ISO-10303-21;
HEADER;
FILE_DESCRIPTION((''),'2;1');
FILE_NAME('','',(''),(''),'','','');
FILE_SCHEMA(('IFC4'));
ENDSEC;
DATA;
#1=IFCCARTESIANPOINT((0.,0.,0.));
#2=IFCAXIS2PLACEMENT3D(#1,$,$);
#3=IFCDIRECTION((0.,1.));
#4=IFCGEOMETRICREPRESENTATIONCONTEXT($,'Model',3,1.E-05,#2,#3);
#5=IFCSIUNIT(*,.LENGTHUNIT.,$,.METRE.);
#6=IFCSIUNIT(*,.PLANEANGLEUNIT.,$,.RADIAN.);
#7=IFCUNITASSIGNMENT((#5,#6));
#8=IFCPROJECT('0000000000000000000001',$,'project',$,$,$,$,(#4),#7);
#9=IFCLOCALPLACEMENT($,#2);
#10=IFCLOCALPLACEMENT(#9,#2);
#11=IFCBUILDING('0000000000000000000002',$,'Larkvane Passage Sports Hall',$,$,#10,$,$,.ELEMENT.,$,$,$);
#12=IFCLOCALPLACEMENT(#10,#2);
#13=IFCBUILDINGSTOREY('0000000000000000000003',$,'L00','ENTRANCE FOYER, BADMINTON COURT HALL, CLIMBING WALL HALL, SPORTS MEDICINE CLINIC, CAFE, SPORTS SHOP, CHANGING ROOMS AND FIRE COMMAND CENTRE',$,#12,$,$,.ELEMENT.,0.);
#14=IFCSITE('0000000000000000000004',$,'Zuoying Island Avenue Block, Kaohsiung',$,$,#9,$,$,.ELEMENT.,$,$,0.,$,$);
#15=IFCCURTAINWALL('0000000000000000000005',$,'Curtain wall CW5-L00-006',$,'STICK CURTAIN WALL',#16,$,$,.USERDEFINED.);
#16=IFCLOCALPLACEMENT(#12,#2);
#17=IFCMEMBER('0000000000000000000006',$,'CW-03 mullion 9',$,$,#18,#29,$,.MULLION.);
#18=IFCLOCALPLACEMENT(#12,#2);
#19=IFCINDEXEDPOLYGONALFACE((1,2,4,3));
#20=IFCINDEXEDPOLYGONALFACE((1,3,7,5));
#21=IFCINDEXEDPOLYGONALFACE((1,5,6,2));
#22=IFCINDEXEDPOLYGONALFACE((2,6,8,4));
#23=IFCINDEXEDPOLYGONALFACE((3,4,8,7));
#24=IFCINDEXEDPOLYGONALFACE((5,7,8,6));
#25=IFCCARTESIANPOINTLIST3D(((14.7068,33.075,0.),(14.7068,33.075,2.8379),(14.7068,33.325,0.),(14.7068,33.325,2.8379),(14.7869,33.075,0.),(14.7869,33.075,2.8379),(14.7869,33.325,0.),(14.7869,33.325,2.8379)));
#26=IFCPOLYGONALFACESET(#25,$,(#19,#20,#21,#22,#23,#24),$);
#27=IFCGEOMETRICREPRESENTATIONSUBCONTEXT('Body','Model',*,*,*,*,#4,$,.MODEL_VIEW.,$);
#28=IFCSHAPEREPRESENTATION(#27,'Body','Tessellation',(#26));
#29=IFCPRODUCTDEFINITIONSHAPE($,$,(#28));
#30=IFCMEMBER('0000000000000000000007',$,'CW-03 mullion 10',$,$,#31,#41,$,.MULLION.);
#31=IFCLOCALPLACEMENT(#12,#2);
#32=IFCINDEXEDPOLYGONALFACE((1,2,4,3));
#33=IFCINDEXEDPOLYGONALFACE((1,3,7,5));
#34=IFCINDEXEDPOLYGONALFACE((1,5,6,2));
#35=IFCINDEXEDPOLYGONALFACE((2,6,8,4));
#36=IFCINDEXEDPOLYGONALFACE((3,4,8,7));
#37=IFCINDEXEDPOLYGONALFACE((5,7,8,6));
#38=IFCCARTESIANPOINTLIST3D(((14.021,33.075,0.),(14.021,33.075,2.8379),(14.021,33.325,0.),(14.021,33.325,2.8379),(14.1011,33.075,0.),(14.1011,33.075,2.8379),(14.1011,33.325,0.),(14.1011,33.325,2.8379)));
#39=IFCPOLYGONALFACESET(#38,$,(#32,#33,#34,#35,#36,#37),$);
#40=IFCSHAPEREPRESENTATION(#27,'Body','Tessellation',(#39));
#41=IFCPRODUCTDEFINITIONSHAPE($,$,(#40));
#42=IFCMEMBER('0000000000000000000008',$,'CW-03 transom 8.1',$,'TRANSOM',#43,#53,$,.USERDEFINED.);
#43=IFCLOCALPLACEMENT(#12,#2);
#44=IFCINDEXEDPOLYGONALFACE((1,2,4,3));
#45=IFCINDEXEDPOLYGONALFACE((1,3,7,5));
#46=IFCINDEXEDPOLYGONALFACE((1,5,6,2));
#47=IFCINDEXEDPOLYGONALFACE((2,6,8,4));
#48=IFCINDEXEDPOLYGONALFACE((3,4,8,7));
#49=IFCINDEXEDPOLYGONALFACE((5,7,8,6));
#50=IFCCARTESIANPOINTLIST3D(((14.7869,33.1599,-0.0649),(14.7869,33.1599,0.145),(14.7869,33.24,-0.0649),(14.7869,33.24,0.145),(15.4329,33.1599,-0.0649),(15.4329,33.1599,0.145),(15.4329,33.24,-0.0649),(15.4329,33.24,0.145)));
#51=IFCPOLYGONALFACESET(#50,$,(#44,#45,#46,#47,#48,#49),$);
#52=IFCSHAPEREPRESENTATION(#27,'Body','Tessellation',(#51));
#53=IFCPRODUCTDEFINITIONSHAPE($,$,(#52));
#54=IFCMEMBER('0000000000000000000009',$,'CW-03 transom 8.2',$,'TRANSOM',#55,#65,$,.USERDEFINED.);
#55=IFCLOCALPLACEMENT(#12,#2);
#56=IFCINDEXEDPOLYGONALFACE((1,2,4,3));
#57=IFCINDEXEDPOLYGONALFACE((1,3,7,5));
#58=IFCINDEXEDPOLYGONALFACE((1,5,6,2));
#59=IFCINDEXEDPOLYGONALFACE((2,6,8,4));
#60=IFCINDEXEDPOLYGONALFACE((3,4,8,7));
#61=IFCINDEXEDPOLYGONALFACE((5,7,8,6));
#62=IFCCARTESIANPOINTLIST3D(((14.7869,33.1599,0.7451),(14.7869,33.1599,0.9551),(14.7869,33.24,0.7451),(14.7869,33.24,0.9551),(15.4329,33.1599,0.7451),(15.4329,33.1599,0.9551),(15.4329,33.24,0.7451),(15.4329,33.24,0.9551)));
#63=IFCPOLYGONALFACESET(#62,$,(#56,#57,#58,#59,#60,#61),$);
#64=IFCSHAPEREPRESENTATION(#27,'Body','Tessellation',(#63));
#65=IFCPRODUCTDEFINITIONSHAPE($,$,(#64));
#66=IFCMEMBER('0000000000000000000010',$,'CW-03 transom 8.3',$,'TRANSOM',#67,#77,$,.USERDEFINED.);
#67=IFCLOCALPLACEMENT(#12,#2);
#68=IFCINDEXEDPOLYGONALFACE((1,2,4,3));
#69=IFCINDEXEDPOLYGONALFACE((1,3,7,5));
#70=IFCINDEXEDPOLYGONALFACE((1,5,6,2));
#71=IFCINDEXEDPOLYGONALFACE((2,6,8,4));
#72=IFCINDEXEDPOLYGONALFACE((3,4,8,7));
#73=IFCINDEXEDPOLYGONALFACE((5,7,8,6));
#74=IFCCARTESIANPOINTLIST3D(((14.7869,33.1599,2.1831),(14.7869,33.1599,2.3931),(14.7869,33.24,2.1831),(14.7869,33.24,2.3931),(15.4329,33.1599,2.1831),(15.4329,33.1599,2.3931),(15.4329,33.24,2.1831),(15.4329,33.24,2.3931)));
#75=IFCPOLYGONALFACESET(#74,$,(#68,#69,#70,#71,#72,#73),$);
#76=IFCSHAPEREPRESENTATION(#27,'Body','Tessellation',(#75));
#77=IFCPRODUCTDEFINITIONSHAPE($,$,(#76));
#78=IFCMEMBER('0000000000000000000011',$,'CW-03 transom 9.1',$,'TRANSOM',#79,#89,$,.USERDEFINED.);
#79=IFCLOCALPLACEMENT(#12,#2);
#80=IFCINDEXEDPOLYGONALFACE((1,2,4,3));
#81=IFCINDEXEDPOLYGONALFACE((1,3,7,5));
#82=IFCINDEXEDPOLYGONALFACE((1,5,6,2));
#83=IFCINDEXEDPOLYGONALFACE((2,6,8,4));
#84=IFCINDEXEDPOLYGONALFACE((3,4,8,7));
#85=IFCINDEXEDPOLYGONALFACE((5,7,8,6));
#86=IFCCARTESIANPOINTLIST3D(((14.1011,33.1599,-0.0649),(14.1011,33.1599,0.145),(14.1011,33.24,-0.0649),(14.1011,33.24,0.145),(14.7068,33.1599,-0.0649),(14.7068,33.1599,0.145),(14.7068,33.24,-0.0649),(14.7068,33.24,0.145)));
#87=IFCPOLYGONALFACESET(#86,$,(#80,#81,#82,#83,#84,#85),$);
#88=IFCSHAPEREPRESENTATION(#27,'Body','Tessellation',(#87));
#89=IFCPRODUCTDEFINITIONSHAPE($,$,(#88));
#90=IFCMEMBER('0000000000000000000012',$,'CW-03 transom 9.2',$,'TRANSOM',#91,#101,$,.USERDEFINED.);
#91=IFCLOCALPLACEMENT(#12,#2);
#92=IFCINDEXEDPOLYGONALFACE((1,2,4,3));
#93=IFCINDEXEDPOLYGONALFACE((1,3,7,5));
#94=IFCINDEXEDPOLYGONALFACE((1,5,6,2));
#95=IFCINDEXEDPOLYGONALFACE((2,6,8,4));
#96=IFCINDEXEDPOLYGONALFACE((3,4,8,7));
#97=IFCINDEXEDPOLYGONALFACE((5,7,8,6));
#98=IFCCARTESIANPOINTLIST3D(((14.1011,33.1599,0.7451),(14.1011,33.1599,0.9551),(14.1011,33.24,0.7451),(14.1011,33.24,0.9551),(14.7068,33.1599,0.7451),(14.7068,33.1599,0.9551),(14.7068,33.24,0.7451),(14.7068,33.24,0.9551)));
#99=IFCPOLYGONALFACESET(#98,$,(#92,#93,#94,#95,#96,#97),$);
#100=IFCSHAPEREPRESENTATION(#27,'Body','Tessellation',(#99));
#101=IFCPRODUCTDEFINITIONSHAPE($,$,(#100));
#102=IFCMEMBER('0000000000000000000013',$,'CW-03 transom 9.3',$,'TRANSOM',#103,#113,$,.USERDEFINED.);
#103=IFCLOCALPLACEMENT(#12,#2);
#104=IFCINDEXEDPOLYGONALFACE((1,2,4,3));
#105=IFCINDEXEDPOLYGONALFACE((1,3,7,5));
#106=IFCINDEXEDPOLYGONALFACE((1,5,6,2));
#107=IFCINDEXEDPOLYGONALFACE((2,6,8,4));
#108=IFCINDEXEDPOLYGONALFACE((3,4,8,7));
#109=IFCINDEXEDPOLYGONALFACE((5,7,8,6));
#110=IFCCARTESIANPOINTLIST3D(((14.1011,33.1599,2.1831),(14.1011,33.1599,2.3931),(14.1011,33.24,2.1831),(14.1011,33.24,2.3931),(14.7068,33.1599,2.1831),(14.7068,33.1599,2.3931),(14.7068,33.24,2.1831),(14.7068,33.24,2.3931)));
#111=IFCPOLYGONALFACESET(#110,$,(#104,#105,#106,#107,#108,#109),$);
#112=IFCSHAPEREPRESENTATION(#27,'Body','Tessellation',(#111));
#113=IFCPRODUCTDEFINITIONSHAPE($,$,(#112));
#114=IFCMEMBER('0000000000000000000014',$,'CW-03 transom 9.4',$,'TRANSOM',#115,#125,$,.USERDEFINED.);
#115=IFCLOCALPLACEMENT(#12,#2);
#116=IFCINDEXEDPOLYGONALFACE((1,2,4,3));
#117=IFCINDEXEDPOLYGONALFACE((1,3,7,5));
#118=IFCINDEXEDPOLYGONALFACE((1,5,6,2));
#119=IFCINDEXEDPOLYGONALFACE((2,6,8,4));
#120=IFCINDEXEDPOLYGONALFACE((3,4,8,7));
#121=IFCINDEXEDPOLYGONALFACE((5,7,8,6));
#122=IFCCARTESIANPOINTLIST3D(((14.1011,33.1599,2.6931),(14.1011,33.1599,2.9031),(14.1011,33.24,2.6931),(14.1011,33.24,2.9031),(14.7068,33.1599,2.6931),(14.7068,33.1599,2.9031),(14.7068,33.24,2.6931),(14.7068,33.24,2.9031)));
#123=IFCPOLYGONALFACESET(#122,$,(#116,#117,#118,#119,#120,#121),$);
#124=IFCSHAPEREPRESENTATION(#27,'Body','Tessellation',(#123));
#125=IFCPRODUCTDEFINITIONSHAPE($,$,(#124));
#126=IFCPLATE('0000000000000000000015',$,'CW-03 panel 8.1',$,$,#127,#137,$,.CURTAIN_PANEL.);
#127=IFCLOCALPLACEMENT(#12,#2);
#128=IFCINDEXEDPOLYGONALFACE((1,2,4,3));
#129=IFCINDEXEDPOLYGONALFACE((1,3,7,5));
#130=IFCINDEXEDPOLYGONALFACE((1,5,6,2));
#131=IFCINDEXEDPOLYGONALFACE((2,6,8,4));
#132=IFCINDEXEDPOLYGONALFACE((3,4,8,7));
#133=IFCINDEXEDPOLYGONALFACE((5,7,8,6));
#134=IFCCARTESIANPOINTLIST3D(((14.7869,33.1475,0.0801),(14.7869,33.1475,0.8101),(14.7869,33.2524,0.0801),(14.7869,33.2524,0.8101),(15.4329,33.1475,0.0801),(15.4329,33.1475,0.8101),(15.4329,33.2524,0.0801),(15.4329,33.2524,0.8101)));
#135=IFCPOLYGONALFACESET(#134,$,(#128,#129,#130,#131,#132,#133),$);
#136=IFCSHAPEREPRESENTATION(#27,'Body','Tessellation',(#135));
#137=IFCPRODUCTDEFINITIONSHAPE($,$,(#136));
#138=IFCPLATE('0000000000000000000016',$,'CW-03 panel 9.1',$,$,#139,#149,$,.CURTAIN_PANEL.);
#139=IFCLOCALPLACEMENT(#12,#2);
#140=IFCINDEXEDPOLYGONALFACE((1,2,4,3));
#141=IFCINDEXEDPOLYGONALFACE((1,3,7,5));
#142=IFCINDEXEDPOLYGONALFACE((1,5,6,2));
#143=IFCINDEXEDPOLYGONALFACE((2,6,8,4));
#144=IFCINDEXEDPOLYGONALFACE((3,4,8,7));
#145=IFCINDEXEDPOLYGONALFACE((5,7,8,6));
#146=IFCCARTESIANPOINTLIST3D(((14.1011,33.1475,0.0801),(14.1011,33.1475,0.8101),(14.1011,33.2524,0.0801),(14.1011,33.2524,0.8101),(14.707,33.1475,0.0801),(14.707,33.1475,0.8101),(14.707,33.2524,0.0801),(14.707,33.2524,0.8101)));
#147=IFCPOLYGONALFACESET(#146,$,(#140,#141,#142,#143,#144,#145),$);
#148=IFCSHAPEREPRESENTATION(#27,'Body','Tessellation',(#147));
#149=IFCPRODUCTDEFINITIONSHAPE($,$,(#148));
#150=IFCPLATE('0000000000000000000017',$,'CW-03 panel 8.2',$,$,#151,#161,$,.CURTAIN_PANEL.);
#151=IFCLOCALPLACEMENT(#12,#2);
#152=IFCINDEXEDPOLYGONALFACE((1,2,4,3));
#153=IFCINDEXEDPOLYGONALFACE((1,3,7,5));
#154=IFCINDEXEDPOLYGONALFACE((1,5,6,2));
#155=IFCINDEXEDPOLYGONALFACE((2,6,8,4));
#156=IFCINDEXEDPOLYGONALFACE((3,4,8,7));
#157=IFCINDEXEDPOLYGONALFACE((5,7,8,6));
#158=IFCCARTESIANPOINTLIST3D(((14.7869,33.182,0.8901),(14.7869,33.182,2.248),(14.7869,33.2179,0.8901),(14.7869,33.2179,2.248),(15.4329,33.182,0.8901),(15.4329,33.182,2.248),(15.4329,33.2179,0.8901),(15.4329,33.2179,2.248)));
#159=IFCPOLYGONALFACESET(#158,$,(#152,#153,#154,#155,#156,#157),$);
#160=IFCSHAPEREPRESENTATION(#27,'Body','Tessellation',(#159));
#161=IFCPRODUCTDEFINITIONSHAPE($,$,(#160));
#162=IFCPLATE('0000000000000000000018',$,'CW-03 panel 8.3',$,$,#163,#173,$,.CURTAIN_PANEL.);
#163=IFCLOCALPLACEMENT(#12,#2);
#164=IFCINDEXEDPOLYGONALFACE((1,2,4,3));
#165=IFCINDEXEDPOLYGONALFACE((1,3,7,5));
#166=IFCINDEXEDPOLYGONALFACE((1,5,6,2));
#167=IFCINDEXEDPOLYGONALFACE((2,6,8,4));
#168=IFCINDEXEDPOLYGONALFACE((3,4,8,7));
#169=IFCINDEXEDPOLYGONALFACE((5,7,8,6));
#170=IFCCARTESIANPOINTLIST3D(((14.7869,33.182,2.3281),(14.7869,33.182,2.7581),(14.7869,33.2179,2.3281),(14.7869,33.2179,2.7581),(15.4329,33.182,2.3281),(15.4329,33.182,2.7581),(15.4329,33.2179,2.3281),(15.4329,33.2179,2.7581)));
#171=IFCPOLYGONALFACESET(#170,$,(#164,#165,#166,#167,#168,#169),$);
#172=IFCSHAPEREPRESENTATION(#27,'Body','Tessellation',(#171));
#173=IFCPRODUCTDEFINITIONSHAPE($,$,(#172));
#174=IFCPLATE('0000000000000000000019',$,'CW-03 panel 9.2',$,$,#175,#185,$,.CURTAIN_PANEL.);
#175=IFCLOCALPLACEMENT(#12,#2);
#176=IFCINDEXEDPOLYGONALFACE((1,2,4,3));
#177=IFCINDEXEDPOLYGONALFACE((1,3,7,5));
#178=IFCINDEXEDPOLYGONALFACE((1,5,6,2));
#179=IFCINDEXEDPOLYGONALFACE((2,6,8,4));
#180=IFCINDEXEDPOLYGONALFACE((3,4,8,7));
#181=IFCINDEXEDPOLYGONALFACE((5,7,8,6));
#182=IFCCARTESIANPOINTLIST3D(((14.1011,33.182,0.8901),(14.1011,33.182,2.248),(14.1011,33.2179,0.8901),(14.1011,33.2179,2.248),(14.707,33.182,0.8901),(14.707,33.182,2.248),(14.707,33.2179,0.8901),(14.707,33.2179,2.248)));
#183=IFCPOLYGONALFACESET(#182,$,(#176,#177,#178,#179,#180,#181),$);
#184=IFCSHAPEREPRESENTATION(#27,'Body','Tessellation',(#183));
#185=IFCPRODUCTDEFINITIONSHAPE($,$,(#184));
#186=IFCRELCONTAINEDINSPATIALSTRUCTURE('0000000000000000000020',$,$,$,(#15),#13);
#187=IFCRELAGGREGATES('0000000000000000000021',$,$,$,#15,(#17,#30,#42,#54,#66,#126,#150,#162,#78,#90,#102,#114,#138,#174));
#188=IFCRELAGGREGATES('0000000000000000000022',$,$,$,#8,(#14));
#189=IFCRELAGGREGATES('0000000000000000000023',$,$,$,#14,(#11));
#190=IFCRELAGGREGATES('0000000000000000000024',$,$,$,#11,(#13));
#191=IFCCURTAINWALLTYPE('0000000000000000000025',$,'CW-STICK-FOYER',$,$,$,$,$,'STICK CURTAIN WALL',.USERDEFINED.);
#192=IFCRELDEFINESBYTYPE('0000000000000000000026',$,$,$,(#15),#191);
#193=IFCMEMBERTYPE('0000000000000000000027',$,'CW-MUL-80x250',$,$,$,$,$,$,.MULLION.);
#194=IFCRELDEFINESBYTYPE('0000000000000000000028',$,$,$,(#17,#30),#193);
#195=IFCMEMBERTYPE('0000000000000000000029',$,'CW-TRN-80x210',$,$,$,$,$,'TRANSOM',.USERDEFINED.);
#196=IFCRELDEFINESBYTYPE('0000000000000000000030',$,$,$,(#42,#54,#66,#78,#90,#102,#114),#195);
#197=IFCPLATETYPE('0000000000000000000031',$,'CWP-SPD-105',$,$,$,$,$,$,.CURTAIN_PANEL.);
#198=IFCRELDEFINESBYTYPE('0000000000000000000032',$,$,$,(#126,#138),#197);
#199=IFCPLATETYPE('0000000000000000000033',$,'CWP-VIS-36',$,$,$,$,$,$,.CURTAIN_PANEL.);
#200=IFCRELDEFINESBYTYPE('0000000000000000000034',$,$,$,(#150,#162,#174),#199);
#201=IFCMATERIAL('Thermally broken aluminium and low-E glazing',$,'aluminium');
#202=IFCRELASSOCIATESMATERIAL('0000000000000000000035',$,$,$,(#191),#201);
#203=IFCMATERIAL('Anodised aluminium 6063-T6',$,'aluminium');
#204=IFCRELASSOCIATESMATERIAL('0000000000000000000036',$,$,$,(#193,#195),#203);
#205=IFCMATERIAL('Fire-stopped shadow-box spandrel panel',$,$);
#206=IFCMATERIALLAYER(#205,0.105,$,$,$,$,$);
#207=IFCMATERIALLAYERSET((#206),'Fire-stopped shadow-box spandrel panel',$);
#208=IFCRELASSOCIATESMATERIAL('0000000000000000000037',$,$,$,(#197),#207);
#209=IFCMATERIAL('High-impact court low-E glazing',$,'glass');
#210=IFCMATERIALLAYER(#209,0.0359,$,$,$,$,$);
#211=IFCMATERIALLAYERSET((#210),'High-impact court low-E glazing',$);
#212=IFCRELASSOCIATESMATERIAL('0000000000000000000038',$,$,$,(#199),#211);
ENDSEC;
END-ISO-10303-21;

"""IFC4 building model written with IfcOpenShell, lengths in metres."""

from ifc_helpers import new_model, si_unit, direction, frame, origin, origin_2d, place, context, subcontext, project, spatial, rectangle, extrude, material, layer, layer_set, material_profile, profile_set, type_object, element, aggregate, save


model = new_model("IFC4")

# Units and contexts
model_context = context("Model", 3, precision=1e-05, world=origin(), true_north=direction((0.0, 1.0)))
body_context = subcontext(model_context, "Body", "Model", "MODEL_VIEW")
ifc_project = project(units=[si_unit("LENGTHUNIT", "METRE"), si_unit("PLANEANGLEUNIT", "RADIAN")], contexts=[model_context])

# Site, building, storey
site_placement = place(None, origin())
site = spatial("IfcSite", under=ifc_project, at=site_placement, Name="Zuoying Island Avenue Block, Kaohsiung", CompositionType="ELEMENT", RefElevation=0.0)
building_placement = place(site_placement, origin())
building = spatial("IfcBuilding", under=site, at=building_placement, Name="Larkvane Passage Sports Hall", CompositionType="ELEMENT")
storey_placement = place(building_placement, origin())
storey = spatial("IfcBuildingStorey", under=building, at=storey_placement, Name="L00", Description="ENTRANCE FOYER, BADMINTON COURT HALL, CLIMBING WALL HALL, SPORTS MEDICINE CLINIC, CAFE, SPORTS SHOP, CHANGING ROOMS AND FIRE COMMAND CENTRE", CompositionType="ELEMENT", Elevation=0.0)

# Curtain wall, members, plates
ifc_material_1 = material(Name="Thermally broken aluminium and low-E glazing", Category="aluminium")
curtain_wall_type = type_object("IfcCurtainWallType", Name="CW-STICK-FOYER", ElementType="STICK CURTAIN WALL", PredefinedType="USERDEFINED", material=ifc_material_1)
curtain_wall_placement = place(storey_placement, origin())
curtain_wall = element("IfcCurtainWall", 1, at=curtain_wall_placement, inside=storey, type_object=curtain_wall_type, Name="Curtain wall CW5-L00-006", ObjectType="STICK CURTAIN WALL", PredefinedType="USERDEFINED")
ifc_material_2 = material(Name="Anodised aluminium 6063-T6", Category="aluminium")
ifc_material_profile_1 = material_profile(ifc_material_2, rectangle(XDim=0.0801, YDim=0.25, at=origin_2d()), Name="ALU-MUL-80x250")
ifc_profile_set_1 = profile_set([ifc_material_profile_1], Name="Anodised aluminium 6063-T6")
member_type_1 = type_object("IfcMemberType", Name="CW-MUL-80x250", PredefinedType="MULLION", material=ifc_profile_set_1)
member_1_placement = place(storey_placement, frame((14.7468, 33.2, 0.0), z_axis=(0.0, 0.0, 1.0), x_axis=(-1.0, 0.0, 0.0)))
member_1 = element("IfcMember", 2, at=member_1_placement, type_object=member_type_1, Name="CW-03 mullion 9", PredefinedType="MULLION", context=body_context, shape_type="SweptSolid", body=[
    extrude(rectangle(XDim=0.0801, YDim=0.25, at=origin_2d()), origin(), (0.0, 0.0, 1.0), 2.8379),
])
member_2_placement = place(storey_placement, frame((14.061, 33.2, 0.0), z_axis=(0.0, 0.0, 1.0), x_axis=(-1.0, 0.0, 0.0)))
member_2 = element("IfcMember", 3, at=member_2_placement, type_object=member_type_1, Name="CW-03 mullion 10", PredefinedType="MULLION", context=body_context, shape_type="SweptSolid", body=[
    extrude(rectangle(XDim=0.0801, YDim=0.25, at=origin_2d()), origin(), (0.0, 0.0, 1.0), 2.8379),
])
ifc_material_profile_2 = material_profile(ifc_material_2, rectangle(XDim=0.0801, YDim=0.21, at=origin_2d()), Name="ALU-TRN-80x210")
ifc_profile_set_2 = profile_set([ifc_material_profile_2], Name="Anodised aluminium 6063-T6")
member_type_2 = type_object("IfcMemberType", Name="CW-TRN-80x210", ElementType="TRANSOM", PredefinedType="USERDEFINED", material=ifc_profile_set_2)
member_3_placement = place(storey_placement, frame((15.4329, 33.2, 0.04), z_axis=(-1.0, 0.0, 0.0), x_axis=(0.0, -1.0, 0.0)))
member_3 = element("IfcMember", 4, at=member_3_placement, type_object=member_type_2, Name="CW-03 transom 8.1", ObjectType="TRANSOM", PredefinedType="USERDEFINED", context=body_context, shape_type="SweptSolid", body=[
    extrude(rectangle(XDim=0.0801, YDim=0.21, at=origin_2d()), origin(), (0.0, 0.0, 1.0), 0.646),
])
member_4_placement = place(storey_placement, frame((15.4329, 33.2, 0.8501), z_axis=(-1.0, 0.0, 0.0), x_axis=(0.0, -1.0, 0.0)))
member_4 = element("IfcMember", 5, at=member_4_placement, type_object=member_type_2, Name="CW-03 transom 8.2", ObjectType="TRANSOM", PredefinedType="USERDEFINED", context=body_context, shape_type="SweptSolid", body=[
    extrude(rectangle(XDim=0.0801, YDim=0.21, at=origin_2d()), origin(), (0.0, 0.0, 1.0), 0.646),
])
member_5_placement = place(storey_placement, frame((15.4329, 33.2, 2.2881), z_axis=(-1.0, 0.0, 0.0), x_axis=(0.0, -1.0, 0.0)))
member_5 = element("IfcMember", 6, at=member_5_placement, type_object=member_type_2, Name="CW-03 transom 8.3", ObjectType="TRANSOM", PredefinedType="USERDEFINED", context=body_context, shape_type="SweptSolid", body=[
    extrude(rectangle(XDim=0.0801, YDim=0.21, at=origin_2d()), origin(), (0.0, 0.0, 1.0), 0.646),
])
member_6_placement = place(storey_placement, frame((14.7068, 33.2, 0.04), z_axis=(-1.0, 0.0, 0.0), x_axis=(0.0, -1.0, 0.0)))
member_6 = element("IfcMember", 7, at=member_6_placement, type_object=member_type_2, Name="CW-03 transom 9.1", ObjectType="TRANSOM", PredefinedType="USERDEFINED", context=body_context, shape_type="SweptSolid", body=[
    extrude(rectangle(XDim=0.0801, YDim=0.21, at=origin_2d()), origin(), (0.0, 0.0, 1.0), 0.6057),
])
member_7_placement = place(storey_placement, frame((14.7068, 33.2, 0.8501), z_axis=(-1.0, 0.0, 0.0), x_axis=(0.0, -1.0, 0.0)))
member_7 = element("IfcMember", 8, at=member_7_placement, type_object=member_type_2, Name="CW-03 transom 9.2", ObjectType="TRANSOM", PredefinedType="USERDEFINED", context=body_context, shape_type="SweptSolid", body=[
    extrude(rectangle(XDim=0.0801, YDim=0.21, at=origin_2d()), origin(), (0.0, 0.0, 1.0), 0.6057),
])
member_8_placement = place(storey_placement, frame((14.7068, 33.2, 2.2881), z_axis=(-1.0, 0.0, 0.0), x_axis=(0.0, -1.0, 0.0)))
member_8 = element("IfcMember", 9, at=member_8_placement, type_object=member_type_2, Name="CW-03 transom 9.3", ObjectType="TRANSOM", PredefinedType="USERDEFINED", context=body_context, shape_type="SweptSolid", body=[
    extrude(rectangle(XDim=0.0801, YDim=0.21, at=origin_2d()), origin(), (0.0, 0.0, 1.0), 0.6057),
])
member_9_placement = place(storey_placement, frame((14.7068, 33.2, 2.7981), z_axis=(-1.0, 0.0, 0.0), x_axis=(0.0, -1.0, 0.0)))
member_9 = element("IfcMember", 10, at=member_9_placement, type_object=member_type_2, Name="CW-03 transom 9.4", ObjectType="TRANSOM", PredefinedType="USERDEFINED", context=body_context, shape_type="SweptSolid", body=[
    extrude(rectangle(XDim=0.0801, YDim=0.21, at=origin_2d()), origin(), (0.0, 0.0, 1.0), 0.6057),
])
ifc_material_3 = material(Name="Fire-stopped shadow-box spandrel panel")
ifc_layer_1 = layer(ifc_material_3, 0.105)
ifc_layer_set_1 = layer_set([ifc_layer_1], Name="Fire-stopped shadow-box spandrel panel")
plate_type_1 = type_object("IfcPlateType", Name="CWP-SPD-105", PredefinedType="CURTAIN_PANEL", material=ifc_layer_set_1)
plate_1_placement = place(storey_placement, frame((15.1099, 33.2, 0.0801), z_axis=(0.0, 0.0, 1.0), x_axis=(-1.0, 0.0, 0.0)))
plate_1 = element("IfcPlate", 11, at=plate_1_placement, type_object=plate_type_1, Name="CW-03 panel 8.1", PredefinedType="CURTAIN_PANEL", context=body_context, shape_type="SweptSolid", body=[
    extrude(rectangle(XDim=0.646, YDim=0.105, at=origin_2d()), origin(), (0.0, 0.0, 1.0), 0.73),
])
plate_2_placement = place(storey_placement, frame((14.4041, 33.2, 0.0801), z_axis=(0.0, 0.0, 1.0), x_axis=(-1.0, 0.0, 0.0)))
plate_2 = element("IfcPlate", 12, at=plate_2_placement, type_object=plate_type_1, Name="CW-03 panel 9.1", PredefinedType="CURTAIN_PANEL", context=body_context, shape_type="SweptSolid", body=[
    extrude(rectangle(XDim=0.606, YDim=0.105, at=origin_2d()), origin(), (0.0, 0.0, 1.0), 0.73),
])
ifc_material_4 = material(Name="High-impact court low-E glazing", Category="glass")
ifc_layer_2 = layer(ifc_material_4, 0.0359)
ifc_layer_set_2 = layer_set([ifc_layer_2], Name="High-impact court low-E glazing")
plate_type_2 = type_object("IfcPlateType", Name="CWP-VIS-36", PredefinedType="CURTAIN_PANEL", material=ifc_layer_set_2)
plate_3_placement = place(storey_placement, frame((15.1099, 33.2, 0.8901), z_axis=(0.0, 0.0, 1.0), x_axis=(-1.0, 0.0, 0.0)))
plate_3 = element("IfcPlate", 13, at=plate_3_placement, type_object=plate_type_2, Name="CW-03 panel 8.2", PredefinedType="CURTAIN_PANEL", context=body_context, shape_type="SweptSolid", body=[
    extrude(rectangle(XDim=0.646, YDim=0.0359, at=origin_2d()), origin(), (0.0, 0.0, 1.0), 1.3579),
])
plate_4_placement = place(storey_placement, frame((15.1099, 33.2, 2.3281), z_axis=(0.0, 0.0, 1.0), x_axis=(-1.0, 0.0, 0.0)))
plate_4 = element("IfcPlate", 14, at=plate_4_placement, type_object=plate_type_2, Name="CW-03 panel 8.3", PredefinedType="CURTAIN_PANEL", context=body_context, shape_type="SweptSolid", body=[
    extrude(rectangle(XDim=0.646, YDim=0.0359, at=origin_2d()), origin(), (0.0, 0.0, 1.0), 0.4299),
])
plate_5_placement = place(storey_placement, frame((14.4041, 33.2, 0.8901), z_axis=(0.0, 0.0, 1.0), x_axis=(-1.0, 0.0, 0.0)))
plate_5 = element("IfcPlate", 15, at=plate_5_placement, type_object=plate_type_2, Name="CW-03 panel 9.2", PredefinedType="CURTAIN_PANEL", context=body_context, shape_type="SweptSolid", body=[
    extrude(rectangle(XDim=0.606, YDim=0.0359, at=origin_2d()), origin(), (0.0, 0.0, 1.0), 1.3579),
])
aggregate(curtain_wall, [member_1, member_2, member_3, member_4, member_5, plate_1, plate_3, plate_4, member_6, member_7, member_8, member_9, plate_2, plate_5])

save(model, "model.ifc")
